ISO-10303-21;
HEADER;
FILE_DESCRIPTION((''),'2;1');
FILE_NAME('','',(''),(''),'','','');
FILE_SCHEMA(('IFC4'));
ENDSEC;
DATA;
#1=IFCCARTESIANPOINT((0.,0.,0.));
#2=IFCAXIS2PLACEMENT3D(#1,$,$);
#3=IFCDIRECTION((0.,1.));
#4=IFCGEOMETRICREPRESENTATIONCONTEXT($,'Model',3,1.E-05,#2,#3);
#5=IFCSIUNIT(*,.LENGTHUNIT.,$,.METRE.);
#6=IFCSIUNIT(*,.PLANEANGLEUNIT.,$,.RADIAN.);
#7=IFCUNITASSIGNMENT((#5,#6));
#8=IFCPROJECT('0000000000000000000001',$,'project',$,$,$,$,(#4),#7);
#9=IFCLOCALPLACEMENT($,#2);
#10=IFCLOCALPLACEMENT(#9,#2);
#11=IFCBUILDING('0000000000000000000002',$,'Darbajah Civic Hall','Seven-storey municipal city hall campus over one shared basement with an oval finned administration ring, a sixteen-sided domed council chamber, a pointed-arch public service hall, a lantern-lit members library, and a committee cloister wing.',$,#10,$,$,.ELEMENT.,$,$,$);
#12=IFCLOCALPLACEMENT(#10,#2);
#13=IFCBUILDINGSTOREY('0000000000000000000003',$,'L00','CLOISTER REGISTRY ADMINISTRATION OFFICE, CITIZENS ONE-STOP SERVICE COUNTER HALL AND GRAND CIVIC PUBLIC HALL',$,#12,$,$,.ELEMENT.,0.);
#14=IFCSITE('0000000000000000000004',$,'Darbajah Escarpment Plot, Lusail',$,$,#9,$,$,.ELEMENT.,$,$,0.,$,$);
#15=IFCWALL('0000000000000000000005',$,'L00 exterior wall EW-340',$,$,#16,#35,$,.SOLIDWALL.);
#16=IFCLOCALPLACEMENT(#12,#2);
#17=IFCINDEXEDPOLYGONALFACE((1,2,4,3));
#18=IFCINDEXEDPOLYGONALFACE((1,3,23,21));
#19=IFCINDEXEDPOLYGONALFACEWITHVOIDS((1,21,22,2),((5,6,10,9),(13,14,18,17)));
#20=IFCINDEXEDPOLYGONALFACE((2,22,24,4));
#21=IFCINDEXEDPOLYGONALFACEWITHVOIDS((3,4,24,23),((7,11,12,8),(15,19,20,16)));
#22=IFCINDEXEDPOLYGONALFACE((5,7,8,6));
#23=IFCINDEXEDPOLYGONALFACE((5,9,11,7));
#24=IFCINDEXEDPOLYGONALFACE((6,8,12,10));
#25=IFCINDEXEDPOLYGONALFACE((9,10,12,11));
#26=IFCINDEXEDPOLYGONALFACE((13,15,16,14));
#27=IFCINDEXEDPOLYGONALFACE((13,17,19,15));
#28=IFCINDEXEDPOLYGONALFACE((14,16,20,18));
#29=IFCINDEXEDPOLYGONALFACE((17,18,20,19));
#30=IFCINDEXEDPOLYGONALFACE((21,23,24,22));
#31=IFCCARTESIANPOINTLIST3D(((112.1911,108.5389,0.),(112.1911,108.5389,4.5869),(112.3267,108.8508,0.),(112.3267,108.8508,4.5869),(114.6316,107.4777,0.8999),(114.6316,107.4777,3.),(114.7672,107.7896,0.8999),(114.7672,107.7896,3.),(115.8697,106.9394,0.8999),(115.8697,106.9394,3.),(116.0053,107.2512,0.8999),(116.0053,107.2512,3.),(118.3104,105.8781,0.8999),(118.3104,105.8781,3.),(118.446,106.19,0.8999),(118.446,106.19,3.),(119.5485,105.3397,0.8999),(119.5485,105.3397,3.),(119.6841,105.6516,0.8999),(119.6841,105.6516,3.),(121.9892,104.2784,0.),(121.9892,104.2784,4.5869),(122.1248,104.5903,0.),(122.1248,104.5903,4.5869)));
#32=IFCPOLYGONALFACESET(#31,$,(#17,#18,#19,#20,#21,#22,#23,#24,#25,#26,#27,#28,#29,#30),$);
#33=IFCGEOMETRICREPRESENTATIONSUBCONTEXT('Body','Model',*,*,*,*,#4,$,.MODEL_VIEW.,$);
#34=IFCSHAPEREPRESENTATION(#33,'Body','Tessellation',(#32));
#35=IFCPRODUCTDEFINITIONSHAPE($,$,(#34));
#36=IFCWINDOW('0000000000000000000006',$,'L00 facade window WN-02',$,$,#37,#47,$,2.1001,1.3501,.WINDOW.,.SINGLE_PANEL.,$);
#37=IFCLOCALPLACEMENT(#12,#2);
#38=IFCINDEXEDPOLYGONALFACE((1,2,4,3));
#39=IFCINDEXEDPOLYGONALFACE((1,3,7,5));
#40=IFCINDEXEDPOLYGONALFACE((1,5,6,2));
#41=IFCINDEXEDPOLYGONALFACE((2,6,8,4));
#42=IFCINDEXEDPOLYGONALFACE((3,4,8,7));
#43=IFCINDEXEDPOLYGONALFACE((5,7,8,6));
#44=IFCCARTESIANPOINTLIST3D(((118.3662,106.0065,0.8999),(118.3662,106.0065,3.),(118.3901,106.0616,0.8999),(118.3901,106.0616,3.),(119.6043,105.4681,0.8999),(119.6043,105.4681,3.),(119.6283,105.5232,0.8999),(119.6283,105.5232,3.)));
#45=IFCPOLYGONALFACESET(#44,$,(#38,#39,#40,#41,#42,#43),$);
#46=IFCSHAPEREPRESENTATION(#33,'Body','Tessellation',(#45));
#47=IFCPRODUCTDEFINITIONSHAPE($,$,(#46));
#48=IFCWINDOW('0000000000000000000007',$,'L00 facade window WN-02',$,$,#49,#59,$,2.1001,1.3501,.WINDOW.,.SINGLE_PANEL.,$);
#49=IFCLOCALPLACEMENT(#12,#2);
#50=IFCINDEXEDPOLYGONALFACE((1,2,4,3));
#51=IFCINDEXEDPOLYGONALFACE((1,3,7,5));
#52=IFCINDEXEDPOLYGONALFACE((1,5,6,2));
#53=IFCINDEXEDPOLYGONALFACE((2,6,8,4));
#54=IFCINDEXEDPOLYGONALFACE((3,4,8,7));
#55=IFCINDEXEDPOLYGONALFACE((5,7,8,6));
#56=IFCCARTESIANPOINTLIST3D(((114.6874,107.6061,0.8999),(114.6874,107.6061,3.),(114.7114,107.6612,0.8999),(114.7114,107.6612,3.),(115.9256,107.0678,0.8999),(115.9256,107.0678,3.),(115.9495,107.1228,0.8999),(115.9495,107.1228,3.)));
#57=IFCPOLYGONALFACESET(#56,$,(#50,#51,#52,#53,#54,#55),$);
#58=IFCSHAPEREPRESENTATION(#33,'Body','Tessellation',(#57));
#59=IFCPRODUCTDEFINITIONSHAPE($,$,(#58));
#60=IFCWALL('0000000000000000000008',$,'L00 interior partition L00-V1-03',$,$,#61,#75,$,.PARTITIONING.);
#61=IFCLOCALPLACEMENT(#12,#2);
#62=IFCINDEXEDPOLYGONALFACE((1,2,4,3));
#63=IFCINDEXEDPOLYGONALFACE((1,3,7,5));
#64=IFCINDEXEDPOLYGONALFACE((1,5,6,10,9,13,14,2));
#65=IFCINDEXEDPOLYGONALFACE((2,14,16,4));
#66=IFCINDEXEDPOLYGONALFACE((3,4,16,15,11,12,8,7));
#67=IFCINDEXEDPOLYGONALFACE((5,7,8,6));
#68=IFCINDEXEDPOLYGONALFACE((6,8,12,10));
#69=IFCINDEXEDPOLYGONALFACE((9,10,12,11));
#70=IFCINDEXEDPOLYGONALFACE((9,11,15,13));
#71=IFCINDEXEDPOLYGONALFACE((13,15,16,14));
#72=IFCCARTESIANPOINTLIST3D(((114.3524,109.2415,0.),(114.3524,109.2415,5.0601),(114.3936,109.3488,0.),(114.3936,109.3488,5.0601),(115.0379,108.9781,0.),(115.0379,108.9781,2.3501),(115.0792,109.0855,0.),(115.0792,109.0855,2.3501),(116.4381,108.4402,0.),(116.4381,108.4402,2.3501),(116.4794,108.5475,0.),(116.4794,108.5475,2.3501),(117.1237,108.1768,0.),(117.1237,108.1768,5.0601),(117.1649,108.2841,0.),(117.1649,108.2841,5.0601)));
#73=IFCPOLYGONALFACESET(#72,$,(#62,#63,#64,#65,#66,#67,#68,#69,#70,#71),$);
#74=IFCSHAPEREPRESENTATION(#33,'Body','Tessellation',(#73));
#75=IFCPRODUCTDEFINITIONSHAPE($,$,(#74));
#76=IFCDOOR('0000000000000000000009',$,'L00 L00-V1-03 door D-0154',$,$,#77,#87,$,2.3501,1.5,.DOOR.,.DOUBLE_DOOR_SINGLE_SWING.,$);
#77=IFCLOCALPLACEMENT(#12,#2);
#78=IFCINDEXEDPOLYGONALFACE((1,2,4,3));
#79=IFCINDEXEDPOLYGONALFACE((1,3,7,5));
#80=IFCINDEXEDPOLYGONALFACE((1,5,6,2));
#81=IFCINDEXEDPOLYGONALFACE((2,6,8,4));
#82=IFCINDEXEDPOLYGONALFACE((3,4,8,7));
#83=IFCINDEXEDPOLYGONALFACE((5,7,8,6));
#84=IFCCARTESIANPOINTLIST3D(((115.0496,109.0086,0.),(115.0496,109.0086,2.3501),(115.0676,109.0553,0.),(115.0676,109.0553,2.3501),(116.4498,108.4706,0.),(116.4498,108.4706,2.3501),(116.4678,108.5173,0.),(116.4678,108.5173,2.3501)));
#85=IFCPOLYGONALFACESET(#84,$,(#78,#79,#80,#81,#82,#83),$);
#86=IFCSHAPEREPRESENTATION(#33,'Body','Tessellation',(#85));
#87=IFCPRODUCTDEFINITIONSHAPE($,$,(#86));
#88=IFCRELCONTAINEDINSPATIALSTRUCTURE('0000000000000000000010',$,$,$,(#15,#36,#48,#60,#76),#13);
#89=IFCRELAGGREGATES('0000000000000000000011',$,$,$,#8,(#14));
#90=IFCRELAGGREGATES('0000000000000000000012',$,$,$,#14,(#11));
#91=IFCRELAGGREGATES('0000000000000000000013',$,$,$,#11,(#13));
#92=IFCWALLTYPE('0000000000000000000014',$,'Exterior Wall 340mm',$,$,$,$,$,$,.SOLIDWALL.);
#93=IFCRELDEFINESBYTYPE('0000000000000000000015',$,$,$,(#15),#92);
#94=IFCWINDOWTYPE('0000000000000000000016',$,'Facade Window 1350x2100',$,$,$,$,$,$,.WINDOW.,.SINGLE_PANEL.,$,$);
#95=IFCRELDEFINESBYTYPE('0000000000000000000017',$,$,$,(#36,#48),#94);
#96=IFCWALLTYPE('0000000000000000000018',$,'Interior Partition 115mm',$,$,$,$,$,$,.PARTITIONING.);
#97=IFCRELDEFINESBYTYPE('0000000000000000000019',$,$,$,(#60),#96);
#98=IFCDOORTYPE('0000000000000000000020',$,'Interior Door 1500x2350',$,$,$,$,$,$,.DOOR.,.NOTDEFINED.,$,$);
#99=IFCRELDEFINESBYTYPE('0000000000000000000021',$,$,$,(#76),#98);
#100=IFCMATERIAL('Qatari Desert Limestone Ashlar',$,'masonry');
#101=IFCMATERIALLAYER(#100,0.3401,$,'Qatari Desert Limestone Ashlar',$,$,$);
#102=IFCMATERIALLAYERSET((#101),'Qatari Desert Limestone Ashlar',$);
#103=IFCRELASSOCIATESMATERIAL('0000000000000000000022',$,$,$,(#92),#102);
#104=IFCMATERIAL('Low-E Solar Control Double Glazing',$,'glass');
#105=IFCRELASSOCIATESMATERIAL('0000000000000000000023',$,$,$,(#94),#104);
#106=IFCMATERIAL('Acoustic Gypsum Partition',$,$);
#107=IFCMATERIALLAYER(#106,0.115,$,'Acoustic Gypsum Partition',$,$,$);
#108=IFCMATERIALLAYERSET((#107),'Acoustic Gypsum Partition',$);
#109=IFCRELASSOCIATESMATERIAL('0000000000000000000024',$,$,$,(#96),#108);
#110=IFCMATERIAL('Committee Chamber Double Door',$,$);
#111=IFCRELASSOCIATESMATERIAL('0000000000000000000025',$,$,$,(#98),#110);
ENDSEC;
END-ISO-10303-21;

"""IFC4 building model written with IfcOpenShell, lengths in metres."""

from ifc_helpers import new_model, si_unit, direction, frame, frame_2d, origin, place, context, subcontext, project, spatial, rectangle, extrude, material, layer, layer_set, type_object, element, fill, save


model = new_model("IFC4")

# Units and contexts
model_context = context("Model", 3, precision=1e-05, world=origin(), true_north=direction((0.0, 1.0)))
body_context = subcontext(model_context, "Body", "Model", "MODEL_VIEW")
ifc_project = project(units=[si_unit("LENGTHUNIT", "METRE"), si_unit("PLANEANGLEUNIT", "RADIAN")], contexts=[model_context])

# Site, building, storey
site_placement = place(None, origin())
site = spatial("IfcSite", under=ifc_project, at=site_placement, Name="Darbajah Escarpment Plot, Lusail", CompositionType="ELEMENT", RefElevation=0.0)
building_placement = place(site_placement, origin())
building = spatial("IfcBuilding", under=site, at=building_placement, Name="Darbajah Civic Hall", Description="Seven-storey municipal city hall campus over one shared basement with an oval finned administration ring, a sixteen-sided domed council chamber, a pointed-arch public service hall, a lantern-lit members library, and a committee cloister wing.", CompositionType="ELEMENT")
storey_placement = place(building_placement, origin())
storey = spatial("IfcBuildingStorey", under=building, at=storey_placement, Name="L00", Description="CLOISTER REGISTRY ADMINISTRATION OFFICE, CITIZENS ONE-STOP SERVICE COUNTER HALL AND GRAND CIVIC PUBLIC HALL", CompositionType="ELEMENT", Elevation=0.0)

# Shared definitions
ifc_material_1 = material(Name="Low-E Solar Control Double Glazing", Category="glass")

# Wall, openings, windows
ifc_material_2 = material(Name="Qatari Desert Limestone Ashlar", Category="masonry")
ifc_layer_1 = layer(ifc_material_2, 0.3401, Name="Qatari Desert Limestone Ashlar")
ifc_layer_set_1 = layer_set([ifc_layer_1], Name="Qatari Desert Limestone Ashlar")
wall_type_1 = type_object("IfcWallType", Name="Exterior Wall 340mm", PredefinedType="SOLIDWALL", material=ifc_layer_set_1)
wall_1_placement = place(storey_placement, frame((122.0571, 104.4343, 0.0), z_axis=(0.0, 0.0, 1.0), x_axis=(-0.917054, 0.398762, 0.0)))
wall_1 = element("IfcWall", 1, at=wall_1_placement, inside=storey, type_object=wall_type_1, Name="L00 exterior wall EW-340", PredefinedType="SOLIDWALL", context=body_context, shape_type="SweptSolid", body=[
    extrude(rectangle(XDim=10.6843, YDim=0.3401, at=frame_2d((5.3423, 0.0))), origin(), (0.0, 0.0, 1.0), 4.5869),
])
opening_1_placement = place(wall_1_placement, frame((2.6616, 0.0, 0.8999)))
opening_1 = element("IfcOpeningElement", 2, at=opening_1_placement, cuts=wall_1, PredefinedType="OPENING", context=body_context, shape_type="SweptSolid", body=[
    extrude(rectangle(XDim=1.3501, YDim=2.1001, at=frame_2d((0.675, 1.05))), frame((0.0, 0.1799, 0.0), z_axis=(0.0, -1.0, 0.0), x_axis=(1.0, 0.0, 0.0)), (0.0, 0.0, 1.0), 0.3601),
])
opening_2_placement = place(wall_1_placement, frame((6.6731, 0.0, 0.8999)))
opening_2 = element("IfcOpeningElement", 3, at=opening_2_placement, cuts=wall_1, PredefinedType="OPENING", context=body_context, shape_type="SweptSolid", body=[
    extrude(rectangle(XDim=1.3501, YDim=2.1001, at=frame_2d((0.675, 1.05))), frame((0.0, 0.1799, 0.0), z_axis=(0.0, -1.0, 0.0), x_axis=(1.0, 0.0, 0.0)), (0.0, 0.0, 1.0), 0.3601),
])
window_type = type_object("IfcWindowType", Name="Facade Window 1350x2100", PartitioningType="SINGLE_PANEL", PredefinedType="WINDOW", material=ifc_material_1)
window_1_placement = place(opening_1_placement, origin())
window_1 = element("IfcWindow", 4, at=window_1_placement, inside=storey, type_object=window_type, Name="L00 facade window WN-02", OverallHeight=2.1001, OverallWidth=1.3501, PartitioningType="SINGLE_PANEL", PredefinedType="WINDOW", context=body_context, shape_type="SweptSolid", body=[
    extrude(rectangle(XDim=1.3501, YDim=2.1001, at=frame_2d((0.675, 1.05))), frame((0.0, 0.03, 0.0), z_axis=(0.0, -1.0, 0.0), x_axis=(1.0, 0.0, 0.0)), (0.0, 0.0, 1.0), 0.0601),
])
fill(opening_1, window_1)
window_2_placement = place(opening_2_placement, origin())
window_2 = element("IfcWindow", 5, at=window_2_placement, inside=storey, type_object=window_type, Name="L00 facade window WN-02", OverallHeight=2.1001, OverallWidth=1.3501, PartitioningType="SINGLE_PANEL", PredefinedType="WINDOW", context=body_context, shape_type="SweptSolid", body=[
    extrude(rectangle(XDim=1.3501, YDim=2.1001, at=frame_2d((0.675, 1.05))), frame((0.0, 0.03, 0.0), z_axis=(0.0, -1.0, 0.0), x_axis=(1.0, 0.0, 0.0)), (0.0, 0.0, 1.0), 0.0601),
])
fill(opening_2, window_2)

# Wall, opening, door
ifc_material_3 = material(Name="Acoustic Gypsum Partition")
ifc_layer_2 = layer(ifc_material_3, 0.115, Name="Acoustic Gypsum Partition")
ifc_layer_set_2 = layer_set([ifc_layer_2], Name="Acoustic Gypsum Partition")
wall_type_2 = type_object("IfcWallType", Name="Interior Partition 115mm", PredefinedType="PARTITIONING", material=ifc_layer_set_2)
wall_2_placement = place(storey_placement, frame((117.1443, 108.2305, 0.0), z_axis=(0.0, 0.0, 1.0), x_axis=(-0.933477, 0.358637, 0.0)))
wall_2 = element("IfcWall", 6, at=wall_2_placement, inside=storey, type_object=wall_type_2, Name="L00 interior partition L00-V1-03", PredefinedType="PARTITIONING", context=body_context, shape_type="SweptSolid", body=[
    extrude(rectangle(XDim=2.9688, YDim=0.115, at=frame_2d((1.4844, 0.0))), origin(), (0.0, 0.0, 1.0), 5.0601),
])
opening_3_placement = place(wall_2_placement, frame((0.7344, 0.0, 0.0)))
opening_3 = element("IfcOpeningElement", 7, at=opening_3_placement, cuts=wall_2, PredefinedType="OPENING", context=body_context, shape_type="SweptSolid", body=[
    extrude(rectangle(XDim=1.5, YDim=2.3501, at=frame_2d((0.75, 1.175))), frame((0.0, 0.0674, 0.0), z_axis=(0.0, -1.0, 0.0), x_axis=(1.0, 0.0, 0.0)), (0.0, 0.0, 1.0), 0.135),
])
ifc_material_4 = material(Name="Committee Chamber Double Door")
door_type = type_object("IfcDoorType", Name="Interior Door 1500x2350", OperationType="NOTDEFINED", PredefinedType="DOOR", material=ifc_material_4)
door_placement = place(opening_3_placement, origin())
door = element("IfcDoor", 8, at=door_placement, inside=storey, type_object=door_type, Name="L00 L00-V1-03 door D-0154", OperationType="DOUBLE_DOOR_SINGLE_SWING", OverallHeight=2.3501, OverallWidth=1.5, PredefinedType="DOOR", context=body_context, shape_type="SweptSolid", body=[
    extrude(rectangle(XDim=1.5, YDim=2.3501, at=frame_2d((0.75, 1.175))), frame((0.0, 0.0249, 0.0), z_axis=(0.0, -1.0, 0.0), x_axis=(1.0, 0.0, 0.0)), (0.0, 0.0, 1.0), 0.05),
])
fill(opening_3, door)

save(model, "model.ifc")
